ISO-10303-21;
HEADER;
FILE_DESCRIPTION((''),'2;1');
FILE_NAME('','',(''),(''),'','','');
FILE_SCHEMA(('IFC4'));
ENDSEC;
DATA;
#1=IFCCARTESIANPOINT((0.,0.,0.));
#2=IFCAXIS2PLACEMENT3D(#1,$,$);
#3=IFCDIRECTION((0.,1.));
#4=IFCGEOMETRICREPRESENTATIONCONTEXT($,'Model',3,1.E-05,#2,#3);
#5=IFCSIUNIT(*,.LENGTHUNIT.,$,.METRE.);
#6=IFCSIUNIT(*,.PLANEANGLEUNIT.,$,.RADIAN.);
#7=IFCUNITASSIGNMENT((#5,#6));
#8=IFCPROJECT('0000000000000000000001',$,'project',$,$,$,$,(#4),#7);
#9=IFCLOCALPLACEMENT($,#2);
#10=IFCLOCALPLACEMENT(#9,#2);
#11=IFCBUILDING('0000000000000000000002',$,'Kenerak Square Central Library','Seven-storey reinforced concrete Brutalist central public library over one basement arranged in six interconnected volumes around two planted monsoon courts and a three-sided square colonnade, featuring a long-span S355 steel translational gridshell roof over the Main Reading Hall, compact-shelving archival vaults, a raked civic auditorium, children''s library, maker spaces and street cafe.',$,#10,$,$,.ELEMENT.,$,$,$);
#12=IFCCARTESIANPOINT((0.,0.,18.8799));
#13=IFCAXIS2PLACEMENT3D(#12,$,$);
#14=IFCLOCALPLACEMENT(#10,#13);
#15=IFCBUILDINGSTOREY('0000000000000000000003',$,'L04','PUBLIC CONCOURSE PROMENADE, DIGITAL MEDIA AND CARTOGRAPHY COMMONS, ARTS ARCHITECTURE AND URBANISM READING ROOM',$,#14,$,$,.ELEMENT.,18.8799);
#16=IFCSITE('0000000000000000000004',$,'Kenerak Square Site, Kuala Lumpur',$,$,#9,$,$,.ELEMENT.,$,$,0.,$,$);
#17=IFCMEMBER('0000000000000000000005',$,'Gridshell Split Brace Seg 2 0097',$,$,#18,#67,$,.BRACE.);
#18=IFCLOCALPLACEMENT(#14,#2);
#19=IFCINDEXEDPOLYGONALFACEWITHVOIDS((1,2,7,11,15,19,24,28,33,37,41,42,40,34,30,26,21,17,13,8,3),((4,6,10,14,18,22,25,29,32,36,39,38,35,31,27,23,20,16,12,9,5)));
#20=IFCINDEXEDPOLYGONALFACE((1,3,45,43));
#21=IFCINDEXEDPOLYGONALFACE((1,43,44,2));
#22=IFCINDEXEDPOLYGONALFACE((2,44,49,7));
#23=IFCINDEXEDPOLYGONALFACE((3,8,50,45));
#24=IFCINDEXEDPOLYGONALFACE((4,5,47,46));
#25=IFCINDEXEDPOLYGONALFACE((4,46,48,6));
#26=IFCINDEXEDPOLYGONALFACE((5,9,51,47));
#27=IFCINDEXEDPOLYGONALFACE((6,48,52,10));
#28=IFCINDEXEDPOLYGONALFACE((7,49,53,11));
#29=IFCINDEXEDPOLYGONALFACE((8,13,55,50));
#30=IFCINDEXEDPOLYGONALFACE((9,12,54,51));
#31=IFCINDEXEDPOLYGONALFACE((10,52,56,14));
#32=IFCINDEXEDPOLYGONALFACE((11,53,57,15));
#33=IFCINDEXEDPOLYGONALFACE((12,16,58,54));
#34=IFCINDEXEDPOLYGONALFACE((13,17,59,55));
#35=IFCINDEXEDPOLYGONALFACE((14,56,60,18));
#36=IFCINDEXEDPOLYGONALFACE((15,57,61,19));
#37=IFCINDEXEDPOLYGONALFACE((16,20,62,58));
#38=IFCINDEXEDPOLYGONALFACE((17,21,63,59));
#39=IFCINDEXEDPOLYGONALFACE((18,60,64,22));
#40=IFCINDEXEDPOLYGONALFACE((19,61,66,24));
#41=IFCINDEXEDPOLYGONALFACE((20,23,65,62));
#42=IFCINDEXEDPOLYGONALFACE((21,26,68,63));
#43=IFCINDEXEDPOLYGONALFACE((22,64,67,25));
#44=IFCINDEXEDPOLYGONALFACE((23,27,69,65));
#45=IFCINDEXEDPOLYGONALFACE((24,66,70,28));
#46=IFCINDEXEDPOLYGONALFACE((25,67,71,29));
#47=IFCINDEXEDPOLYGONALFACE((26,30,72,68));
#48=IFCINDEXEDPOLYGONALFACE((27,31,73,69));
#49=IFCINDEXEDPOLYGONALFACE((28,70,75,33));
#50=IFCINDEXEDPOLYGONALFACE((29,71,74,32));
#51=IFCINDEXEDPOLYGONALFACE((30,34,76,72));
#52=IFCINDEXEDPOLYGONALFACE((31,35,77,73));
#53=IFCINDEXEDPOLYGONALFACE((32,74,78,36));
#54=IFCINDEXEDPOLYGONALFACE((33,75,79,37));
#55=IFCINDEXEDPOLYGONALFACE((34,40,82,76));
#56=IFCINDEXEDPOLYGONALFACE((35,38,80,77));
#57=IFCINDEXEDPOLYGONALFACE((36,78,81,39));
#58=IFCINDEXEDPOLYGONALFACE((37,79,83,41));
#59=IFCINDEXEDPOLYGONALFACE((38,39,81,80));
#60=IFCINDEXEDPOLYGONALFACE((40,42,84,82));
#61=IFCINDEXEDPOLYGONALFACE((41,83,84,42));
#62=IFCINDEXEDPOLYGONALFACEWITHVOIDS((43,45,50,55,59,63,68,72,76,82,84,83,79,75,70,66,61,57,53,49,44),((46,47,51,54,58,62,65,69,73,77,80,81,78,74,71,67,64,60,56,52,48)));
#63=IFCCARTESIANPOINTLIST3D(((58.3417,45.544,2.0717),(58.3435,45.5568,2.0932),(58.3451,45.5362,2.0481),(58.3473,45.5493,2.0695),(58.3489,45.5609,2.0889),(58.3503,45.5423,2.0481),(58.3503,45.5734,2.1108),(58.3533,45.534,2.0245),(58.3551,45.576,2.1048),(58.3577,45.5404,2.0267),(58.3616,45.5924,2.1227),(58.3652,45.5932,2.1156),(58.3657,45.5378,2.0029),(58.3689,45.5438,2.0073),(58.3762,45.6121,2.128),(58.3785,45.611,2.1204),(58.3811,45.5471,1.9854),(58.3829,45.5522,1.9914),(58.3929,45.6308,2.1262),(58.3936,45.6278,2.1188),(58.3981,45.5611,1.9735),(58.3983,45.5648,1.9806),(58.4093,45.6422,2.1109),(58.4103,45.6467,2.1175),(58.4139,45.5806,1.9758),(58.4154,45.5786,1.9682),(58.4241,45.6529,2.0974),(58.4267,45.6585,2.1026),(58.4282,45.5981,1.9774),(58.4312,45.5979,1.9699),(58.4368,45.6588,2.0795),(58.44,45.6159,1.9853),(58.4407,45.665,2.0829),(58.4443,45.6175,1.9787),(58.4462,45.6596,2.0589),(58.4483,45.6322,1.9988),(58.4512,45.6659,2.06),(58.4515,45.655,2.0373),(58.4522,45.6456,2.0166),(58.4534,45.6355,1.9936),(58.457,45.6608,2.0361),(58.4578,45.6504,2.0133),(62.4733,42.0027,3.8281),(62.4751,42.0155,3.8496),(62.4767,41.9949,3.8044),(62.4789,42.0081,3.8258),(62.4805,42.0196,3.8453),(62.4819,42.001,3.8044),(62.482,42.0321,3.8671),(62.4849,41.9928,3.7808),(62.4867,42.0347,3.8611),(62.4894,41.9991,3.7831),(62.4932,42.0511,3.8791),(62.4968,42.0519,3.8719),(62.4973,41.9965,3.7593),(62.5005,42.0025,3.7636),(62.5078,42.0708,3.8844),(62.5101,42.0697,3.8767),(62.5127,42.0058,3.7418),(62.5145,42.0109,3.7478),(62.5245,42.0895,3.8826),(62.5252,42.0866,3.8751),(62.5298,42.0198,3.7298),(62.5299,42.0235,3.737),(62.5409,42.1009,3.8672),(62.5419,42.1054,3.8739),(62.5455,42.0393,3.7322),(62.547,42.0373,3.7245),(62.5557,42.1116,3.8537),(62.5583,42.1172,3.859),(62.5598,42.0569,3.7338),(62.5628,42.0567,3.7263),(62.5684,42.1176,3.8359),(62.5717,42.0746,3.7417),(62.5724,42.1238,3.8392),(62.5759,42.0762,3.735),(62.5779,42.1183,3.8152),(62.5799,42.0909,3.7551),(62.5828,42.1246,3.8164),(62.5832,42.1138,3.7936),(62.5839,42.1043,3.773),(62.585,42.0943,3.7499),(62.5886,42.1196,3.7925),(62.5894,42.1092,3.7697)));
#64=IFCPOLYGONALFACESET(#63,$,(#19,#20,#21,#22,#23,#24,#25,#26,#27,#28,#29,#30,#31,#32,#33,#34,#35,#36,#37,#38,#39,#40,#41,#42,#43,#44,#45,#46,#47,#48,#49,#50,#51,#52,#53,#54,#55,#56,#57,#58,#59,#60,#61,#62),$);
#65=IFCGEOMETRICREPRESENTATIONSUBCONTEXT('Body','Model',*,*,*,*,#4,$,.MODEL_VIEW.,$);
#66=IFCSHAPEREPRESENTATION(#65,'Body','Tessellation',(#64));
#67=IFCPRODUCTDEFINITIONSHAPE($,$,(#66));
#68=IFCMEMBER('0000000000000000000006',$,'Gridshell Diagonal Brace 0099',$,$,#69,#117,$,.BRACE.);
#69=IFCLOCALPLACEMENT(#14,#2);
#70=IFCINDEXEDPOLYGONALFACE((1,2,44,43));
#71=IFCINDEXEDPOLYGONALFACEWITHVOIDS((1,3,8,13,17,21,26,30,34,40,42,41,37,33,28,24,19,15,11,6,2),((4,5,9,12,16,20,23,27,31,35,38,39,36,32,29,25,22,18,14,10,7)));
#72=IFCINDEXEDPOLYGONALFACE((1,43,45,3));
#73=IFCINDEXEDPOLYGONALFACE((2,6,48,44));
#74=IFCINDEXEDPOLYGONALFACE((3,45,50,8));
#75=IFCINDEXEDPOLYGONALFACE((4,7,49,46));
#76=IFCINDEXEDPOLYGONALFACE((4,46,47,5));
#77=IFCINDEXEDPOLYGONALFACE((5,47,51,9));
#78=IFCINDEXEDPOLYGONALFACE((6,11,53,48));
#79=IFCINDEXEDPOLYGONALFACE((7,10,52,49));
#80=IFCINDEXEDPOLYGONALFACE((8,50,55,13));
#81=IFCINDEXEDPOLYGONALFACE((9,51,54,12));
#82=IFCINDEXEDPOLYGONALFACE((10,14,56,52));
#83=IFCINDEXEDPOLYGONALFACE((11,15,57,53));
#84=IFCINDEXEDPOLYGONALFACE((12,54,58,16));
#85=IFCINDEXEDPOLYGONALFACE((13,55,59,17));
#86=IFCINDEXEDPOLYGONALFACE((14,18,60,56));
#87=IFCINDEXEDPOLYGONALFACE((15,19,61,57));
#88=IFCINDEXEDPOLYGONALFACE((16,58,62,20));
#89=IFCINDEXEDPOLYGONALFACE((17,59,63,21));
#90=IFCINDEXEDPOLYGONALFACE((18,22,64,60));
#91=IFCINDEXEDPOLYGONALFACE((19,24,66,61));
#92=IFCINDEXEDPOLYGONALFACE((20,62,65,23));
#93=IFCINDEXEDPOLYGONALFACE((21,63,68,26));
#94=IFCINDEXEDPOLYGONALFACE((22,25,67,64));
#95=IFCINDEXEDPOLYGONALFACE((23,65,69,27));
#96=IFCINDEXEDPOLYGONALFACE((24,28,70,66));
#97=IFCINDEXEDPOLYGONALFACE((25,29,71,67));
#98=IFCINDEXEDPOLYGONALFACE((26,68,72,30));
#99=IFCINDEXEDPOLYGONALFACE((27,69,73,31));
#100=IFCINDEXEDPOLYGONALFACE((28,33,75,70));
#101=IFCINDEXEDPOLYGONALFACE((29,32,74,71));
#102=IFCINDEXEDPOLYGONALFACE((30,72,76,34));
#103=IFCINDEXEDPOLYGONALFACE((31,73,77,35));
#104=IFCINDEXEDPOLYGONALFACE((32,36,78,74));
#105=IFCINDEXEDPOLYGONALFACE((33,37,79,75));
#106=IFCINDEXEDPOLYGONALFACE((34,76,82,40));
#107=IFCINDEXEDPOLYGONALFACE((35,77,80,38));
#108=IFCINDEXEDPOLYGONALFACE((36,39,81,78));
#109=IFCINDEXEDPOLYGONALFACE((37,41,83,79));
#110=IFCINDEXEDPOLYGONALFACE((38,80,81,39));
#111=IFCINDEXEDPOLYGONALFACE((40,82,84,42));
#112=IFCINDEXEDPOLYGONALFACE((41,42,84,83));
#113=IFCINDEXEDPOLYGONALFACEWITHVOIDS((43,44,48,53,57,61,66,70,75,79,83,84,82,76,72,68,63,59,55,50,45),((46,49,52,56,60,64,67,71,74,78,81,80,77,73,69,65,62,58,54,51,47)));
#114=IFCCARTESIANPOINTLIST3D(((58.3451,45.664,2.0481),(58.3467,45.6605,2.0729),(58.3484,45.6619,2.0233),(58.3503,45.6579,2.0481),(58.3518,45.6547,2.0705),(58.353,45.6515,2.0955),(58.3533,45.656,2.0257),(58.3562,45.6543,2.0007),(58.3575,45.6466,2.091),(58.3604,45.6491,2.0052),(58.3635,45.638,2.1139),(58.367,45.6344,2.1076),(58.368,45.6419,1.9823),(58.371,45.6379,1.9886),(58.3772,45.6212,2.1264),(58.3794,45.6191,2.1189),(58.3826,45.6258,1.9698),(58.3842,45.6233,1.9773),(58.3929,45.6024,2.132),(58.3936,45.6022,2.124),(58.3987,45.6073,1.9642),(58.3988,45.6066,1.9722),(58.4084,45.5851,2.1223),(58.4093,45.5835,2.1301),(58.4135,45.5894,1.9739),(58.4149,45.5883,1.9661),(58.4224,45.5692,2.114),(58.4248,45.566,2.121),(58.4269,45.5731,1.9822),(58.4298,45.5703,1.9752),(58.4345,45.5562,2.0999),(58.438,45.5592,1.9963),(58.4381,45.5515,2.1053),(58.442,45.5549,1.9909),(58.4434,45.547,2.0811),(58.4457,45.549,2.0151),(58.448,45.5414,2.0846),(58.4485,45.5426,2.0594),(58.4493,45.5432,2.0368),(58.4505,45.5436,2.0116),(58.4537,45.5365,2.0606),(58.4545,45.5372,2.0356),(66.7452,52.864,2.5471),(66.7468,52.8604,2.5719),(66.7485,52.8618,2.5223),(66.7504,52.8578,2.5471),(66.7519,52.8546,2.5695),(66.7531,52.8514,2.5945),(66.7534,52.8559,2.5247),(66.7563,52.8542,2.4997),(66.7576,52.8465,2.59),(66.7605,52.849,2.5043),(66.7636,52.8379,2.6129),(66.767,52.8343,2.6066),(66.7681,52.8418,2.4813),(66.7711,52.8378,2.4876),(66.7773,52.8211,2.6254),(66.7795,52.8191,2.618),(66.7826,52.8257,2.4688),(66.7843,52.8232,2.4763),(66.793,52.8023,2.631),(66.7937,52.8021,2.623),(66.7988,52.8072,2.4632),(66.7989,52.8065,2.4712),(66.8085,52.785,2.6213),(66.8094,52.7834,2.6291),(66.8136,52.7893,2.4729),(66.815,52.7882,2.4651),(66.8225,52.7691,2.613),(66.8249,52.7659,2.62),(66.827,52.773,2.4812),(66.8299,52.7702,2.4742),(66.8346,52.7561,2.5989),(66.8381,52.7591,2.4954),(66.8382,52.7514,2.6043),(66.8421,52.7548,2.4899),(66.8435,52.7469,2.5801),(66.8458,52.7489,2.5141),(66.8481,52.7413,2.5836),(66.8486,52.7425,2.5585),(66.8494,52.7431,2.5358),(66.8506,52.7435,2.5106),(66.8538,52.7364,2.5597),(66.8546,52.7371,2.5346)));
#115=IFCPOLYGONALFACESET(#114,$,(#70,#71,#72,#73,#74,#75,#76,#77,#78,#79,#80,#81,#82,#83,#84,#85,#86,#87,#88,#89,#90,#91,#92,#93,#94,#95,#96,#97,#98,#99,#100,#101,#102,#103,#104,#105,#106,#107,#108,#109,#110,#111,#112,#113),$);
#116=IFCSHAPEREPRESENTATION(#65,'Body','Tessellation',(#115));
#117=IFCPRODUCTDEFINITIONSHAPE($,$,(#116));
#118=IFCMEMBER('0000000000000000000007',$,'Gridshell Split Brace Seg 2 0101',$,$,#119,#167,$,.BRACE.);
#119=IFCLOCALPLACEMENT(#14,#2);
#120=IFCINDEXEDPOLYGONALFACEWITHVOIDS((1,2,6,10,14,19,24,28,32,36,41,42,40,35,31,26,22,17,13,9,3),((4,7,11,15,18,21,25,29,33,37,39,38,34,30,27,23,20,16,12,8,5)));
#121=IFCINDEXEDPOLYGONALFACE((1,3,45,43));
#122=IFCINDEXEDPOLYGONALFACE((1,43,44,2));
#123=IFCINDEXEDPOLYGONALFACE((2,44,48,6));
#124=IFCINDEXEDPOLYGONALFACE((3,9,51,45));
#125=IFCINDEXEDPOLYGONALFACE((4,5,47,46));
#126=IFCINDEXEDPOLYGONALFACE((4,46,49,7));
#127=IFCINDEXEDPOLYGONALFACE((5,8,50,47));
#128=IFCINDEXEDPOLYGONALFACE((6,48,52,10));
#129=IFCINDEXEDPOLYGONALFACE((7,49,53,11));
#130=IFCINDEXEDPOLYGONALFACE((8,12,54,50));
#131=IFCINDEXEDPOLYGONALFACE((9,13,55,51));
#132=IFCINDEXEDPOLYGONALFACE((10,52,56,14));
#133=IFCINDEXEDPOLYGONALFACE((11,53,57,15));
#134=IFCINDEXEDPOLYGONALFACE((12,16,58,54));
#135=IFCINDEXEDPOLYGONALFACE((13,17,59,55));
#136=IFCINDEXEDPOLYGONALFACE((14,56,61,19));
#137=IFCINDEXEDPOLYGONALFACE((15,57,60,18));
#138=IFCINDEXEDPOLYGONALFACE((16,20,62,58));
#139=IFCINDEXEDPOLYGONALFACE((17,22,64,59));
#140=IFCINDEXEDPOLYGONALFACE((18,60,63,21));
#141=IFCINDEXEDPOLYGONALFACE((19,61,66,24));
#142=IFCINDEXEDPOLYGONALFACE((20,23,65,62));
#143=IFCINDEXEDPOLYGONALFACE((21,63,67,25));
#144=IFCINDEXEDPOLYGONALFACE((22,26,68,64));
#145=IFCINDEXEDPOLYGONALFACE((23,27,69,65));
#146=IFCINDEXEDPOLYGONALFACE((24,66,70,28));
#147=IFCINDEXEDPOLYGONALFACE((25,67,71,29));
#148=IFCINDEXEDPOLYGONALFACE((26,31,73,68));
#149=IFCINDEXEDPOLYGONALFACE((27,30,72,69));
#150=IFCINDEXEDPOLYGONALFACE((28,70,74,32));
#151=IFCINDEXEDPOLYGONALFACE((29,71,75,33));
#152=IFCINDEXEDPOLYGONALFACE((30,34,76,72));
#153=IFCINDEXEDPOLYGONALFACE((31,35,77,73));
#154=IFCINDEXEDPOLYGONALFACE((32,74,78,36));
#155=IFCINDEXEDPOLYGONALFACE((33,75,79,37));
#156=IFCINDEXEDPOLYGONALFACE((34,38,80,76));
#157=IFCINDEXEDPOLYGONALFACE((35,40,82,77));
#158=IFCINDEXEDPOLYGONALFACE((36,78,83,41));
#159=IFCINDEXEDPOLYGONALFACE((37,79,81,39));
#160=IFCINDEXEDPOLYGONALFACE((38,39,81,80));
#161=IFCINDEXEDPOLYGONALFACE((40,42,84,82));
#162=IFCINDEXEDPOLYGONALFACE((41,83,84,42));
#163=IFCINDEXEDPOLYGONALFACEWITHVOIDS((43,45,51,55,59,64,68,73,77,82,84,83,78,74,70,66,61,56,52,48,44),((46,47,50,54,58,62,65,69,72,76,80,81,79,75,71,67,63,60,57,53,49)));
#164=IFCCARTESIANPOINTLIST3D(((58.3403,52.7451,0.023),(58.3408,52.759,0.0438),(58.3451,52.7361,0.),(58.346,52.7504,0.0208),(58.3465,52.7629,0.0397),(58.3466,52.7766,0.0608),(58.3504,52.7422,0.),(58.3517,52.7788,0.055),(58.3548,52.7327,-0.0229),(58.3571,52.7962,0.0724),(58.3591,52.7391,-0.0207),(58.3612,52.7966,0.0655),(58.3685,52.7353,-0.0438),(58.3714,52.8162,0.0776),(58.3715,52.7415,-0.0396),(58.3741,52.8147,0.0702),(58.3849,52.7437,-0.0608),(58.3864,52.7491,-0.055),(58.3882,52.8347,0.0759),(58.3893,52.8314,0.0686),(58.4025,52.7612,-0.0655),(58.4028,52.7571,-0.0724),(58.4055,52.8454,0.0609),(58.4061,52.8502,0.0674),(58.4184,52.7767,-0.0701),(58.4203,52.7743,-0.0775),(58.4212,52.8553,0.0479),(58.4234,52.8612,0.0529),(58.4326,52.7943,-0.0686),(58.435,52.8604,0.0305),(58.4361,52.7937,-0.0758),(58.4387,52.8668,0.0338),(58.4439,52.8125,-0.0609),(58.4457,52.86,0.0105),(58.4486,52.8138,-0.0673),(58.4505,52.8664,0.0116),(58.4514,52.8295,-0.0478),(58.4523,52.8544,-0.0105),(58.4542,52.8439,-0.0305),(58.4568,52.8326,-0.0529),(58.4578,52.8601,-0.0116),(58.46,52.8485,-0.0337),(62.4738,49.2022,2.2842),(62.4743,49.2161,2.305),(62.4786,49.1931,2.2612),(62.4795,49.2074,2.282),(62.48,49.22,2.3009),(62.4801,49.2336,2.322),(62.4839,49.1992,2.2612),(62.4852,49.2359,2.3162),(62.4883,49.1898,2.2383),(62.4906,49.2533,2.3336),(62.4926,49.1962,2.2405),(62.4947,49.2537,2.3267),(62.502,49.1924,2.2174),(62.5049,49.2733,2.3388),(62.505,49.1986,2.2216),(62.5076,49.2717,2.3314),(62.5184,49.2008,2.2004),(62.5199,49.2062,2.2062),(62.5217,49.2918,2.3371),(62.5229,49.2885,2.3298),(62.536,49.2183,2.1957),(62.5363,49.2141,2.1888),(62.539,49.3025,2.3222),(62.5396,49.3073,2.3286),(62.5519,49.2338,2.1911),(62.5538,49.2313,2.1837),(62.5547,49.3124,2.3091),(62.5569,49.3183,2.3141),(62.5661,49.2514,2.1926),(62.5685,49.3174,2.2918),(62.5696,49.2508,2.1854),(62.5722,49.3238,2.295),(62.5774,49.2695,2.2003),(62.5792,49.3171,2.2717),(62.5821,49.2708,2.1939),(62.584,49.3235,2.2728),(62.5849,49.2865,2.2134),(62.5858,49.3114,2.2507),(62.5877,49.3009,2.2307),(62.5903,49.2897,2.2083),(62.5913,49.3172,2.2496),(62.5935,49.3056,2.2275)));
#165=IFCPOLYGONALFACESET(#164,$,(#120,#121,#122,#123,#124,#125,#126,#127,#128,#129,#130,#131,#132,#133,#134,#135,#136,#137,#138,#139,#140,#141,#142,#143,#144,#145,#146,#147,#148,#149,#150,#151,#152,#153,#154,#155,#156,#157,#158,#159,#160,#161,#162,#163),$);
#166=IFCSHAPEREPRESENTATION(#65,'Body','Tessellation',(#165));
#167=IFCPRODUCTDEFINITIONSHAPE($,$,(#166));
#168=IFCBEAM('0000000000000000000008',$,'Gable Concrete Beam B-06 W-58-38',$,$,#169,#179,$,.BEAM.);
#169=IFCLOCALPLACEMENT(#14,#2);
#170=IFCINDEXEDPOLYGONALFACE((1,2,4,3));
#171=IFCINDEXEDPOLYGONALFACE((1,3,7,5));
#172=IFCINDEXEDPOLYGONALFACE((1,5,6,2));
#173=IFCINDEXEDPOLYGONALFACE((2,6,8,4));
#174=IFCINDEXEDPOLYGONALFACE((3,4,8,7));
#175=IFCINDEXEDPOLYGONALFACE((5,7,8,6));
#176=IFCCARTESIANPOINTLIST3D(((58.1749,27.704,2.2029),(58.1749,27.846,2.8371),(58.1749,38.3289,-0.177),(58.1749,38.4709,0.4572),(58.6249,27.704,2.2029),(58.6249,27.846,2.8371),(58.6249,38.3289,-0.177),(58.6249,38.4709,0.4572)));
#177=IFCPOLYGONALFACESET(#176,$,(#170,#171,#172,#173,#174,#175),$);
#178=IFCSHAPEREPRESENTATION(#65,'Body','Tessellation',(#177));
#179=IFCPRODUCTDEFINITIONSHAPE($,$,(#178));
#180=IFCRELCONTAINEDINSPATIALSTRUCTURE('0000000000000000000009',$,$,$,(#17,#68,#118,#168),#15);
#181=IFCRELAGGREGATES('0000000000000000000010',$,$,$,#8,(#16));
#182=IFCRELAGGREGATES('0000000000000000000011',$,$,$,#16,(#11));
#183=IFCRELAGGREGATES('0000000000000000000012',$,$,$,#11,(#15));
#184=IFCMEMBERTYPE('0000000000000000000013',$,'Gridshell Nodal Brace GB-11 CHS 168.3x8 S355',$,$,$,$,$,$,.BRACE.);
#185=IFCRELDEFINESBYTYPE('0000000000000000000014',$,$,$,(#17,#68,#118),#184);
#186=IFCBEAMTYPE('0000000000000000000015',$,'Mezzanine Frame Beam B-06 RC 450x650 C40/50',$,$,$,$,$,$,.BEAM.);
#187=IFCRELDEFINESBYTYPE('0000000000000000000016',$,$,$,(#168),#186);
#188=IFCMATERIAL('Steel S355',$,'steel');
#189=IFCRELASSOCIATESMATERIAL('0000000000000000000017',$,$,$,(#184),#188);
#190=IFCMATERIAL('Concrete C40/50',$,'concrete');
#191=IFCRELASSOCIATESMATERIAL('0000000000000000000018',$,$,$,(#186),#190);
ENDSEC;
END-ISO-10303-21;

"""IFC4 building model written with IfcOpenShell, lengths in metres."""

from ifc_helpers import new_model, si_unit, direction, frame, origin, origin_2d, place, context, subcontext, project, spatial, rectangle, hollow_circle, extrude, material, material_profile, profile_set, type_object, element, save


model = new_model("IFC4")

# Units and contexts
model_context = context("Model", 3, precision=1e-05, world=origin(), true_north=direction((0.0, 1.0)))
body_context = subcontext(model_context, "Body", "Model", "MODEL_VIEW")
ifc_project = project(units=[si_unit("LENGTHUNIT", "METRE"), si_unit("PLANEANGLEUNIT", "RADIAN")], contexts=[model_context])

# Site, building, storey
site_placement = place(None, origin())
site = spatial("IfcSite", under=ifc_project, at=site_placement, Name="Kenerak Square Site, Kuala Lumpur", CompositionType="ELEMENT", RefElevation=0.0)
building_placement = place(site_placement, origin())
building = spatial("IfcBuilding", under=site, at=building_placement, Name="Kenerak Square Central Library", Description="Seven-storey reinforced concrete Brutalist central public library over one basement arranged in six interconnected volumes around two planted monsoon courts and a three-sided square colonnade, featuring a long-span S355 steel translational gridshell roof over the Main Reading Hall, compact-shelving archival vaults, a raked civic auditorium, children's library, maker spaces and street cafe.", CompositionType="ELEMENT")
storey_placement = place(building_placement, frame((0.0, 0.0, 18.8799)))
storey = spatial("IfcBuildingStorey", under=building, at=storey_placement, Name="L04", Description="PUBLIC CONCOURSE PROMENADE, DIGITAL MEDIA AND CARTOGRAPHY COMMONS, ARTS ARCHITECTURE AND URBANISM READING ROOM", CompositionType="ELEMENT", Elevation=18.8799)

# Shared definitions
ifc_material_1 = material(Name="Concrete C40/50", Category="concrete")

# Members
ifc_material_2 = material(Name="Steel S355", Category="steel")
ifc_material_profile_1 = material_profile(ifc_material_2, hollow_circle(Radius=0.0842, WallThickness=0.0081, at=origin_2d()), Name="CHS 168.3x8.0")
ifc_profile_set_1 = profile_set([ifc_material_profile_1], Name="Steel S355")
member_type_1 = type_object("IfcMemberType", Name="Gridshell Nodal Brace GB-11 CHS 168.3x8 S355", PredefinedType="BRACE", material=ifc_profile_set_1)
member_1_placement = place(storey_placement, frame((62.5315, 42.0588, 3.8044), z_axis=(-0.722561, 0.61932, -0.307162), x_axis=(-0.65078, -0.759266, 0.0)))
element("IfcMember", 1, at=member_1_placement, inside=storey, type_object=member_type_1, Name="Gridshell Split Brace Seg 2 0097", PredefinedType="BRACE", context=body_context, shape_type="SweptSolid", body=[
    extrude(hollow_circle(Radius=0.0842, WallThickness=0.0081, at=origin_2d()), origin(), (0.0, 0.0, 1.0), 5.718),
])
member_2_placement = place(storey_placement, frame((58.3999, 45.6001, 2.0481), z_axis=(0.758493, 0.650121, 0.045059), x_axis=(-0.650782, 0.759264, 0.0)))
element("IfcMember", 2, at=member_2_placement, inside=storey, type_object=member_type_1, Name="Gridshell Diagonal Brace 0099", PredefinedType="BRACE", context=body_context, shape_type="SweptSolid", body=[
    extrude(hollow_circle(Radius=0.0842, WallThickness=0.0081, at=origin_2d()), origin(), (0.0, 0.0, 1.0), 11.0747),
])
member_3_placement = place(storey_placement, frame((62.5334, 49.2571, 2.2612), z_axis=(-0.701185, 0.601004, -0.383579), x_axis=(-0.650784, -0.759263, 0.0)))
element("IfcMember", 3, at=member_3_placement, inside=storey, type_object=member_type_1, Name="Gridshell Split Brace Seg 2 0101", PredefinedType="BRACE", context=body_context, shape_type="SweptSolid", body=[
    extrude(hollow_circle(Radius=0.0842, WallThickness=0.0081, at=origin_2d()), origin(), (0.0, 0.0, 1.0), 5.895),
])

# Beam
ifc_material_profile_2 = material_profile(ifc_material_1, rectangle(XDim=0.45, YDim=0.6499, at=origin_2d()), Name="RC 450x650")
ifc_profile_set_2 = profile_set([ifc_material_profile_2], Name="Concrete C40/50")
beam_type = type_object("IfcBeamType", Name="Mezzanine Frame Beam B-06 RC 450x650 C40/50", PredefinedType="BEAM", material=ifc_profile_set_2)
beam_placement = place(storey_placement, frame((58.3999, 38.3999, 0.1401), z_axis=(0.0, -0.975821, 0.218573), x_axis=(1.0, 0.0, 0.0)))
element("IfcBeam", 4, at=beam_placement, inside=storey, type_object=beam_type, Name="Gable Concrete Beam B-06 W-58-38", PredefinedType="BEAM", context=body_context, shape_type="SweptSolid", body=[
    extrude(rectangle(XDim=0.45, YDim=0.6499, at=origin_2d()), origin(), (0.0, 0.0, 1.0), 10.8882),
])

save(model, "model.ifc")
